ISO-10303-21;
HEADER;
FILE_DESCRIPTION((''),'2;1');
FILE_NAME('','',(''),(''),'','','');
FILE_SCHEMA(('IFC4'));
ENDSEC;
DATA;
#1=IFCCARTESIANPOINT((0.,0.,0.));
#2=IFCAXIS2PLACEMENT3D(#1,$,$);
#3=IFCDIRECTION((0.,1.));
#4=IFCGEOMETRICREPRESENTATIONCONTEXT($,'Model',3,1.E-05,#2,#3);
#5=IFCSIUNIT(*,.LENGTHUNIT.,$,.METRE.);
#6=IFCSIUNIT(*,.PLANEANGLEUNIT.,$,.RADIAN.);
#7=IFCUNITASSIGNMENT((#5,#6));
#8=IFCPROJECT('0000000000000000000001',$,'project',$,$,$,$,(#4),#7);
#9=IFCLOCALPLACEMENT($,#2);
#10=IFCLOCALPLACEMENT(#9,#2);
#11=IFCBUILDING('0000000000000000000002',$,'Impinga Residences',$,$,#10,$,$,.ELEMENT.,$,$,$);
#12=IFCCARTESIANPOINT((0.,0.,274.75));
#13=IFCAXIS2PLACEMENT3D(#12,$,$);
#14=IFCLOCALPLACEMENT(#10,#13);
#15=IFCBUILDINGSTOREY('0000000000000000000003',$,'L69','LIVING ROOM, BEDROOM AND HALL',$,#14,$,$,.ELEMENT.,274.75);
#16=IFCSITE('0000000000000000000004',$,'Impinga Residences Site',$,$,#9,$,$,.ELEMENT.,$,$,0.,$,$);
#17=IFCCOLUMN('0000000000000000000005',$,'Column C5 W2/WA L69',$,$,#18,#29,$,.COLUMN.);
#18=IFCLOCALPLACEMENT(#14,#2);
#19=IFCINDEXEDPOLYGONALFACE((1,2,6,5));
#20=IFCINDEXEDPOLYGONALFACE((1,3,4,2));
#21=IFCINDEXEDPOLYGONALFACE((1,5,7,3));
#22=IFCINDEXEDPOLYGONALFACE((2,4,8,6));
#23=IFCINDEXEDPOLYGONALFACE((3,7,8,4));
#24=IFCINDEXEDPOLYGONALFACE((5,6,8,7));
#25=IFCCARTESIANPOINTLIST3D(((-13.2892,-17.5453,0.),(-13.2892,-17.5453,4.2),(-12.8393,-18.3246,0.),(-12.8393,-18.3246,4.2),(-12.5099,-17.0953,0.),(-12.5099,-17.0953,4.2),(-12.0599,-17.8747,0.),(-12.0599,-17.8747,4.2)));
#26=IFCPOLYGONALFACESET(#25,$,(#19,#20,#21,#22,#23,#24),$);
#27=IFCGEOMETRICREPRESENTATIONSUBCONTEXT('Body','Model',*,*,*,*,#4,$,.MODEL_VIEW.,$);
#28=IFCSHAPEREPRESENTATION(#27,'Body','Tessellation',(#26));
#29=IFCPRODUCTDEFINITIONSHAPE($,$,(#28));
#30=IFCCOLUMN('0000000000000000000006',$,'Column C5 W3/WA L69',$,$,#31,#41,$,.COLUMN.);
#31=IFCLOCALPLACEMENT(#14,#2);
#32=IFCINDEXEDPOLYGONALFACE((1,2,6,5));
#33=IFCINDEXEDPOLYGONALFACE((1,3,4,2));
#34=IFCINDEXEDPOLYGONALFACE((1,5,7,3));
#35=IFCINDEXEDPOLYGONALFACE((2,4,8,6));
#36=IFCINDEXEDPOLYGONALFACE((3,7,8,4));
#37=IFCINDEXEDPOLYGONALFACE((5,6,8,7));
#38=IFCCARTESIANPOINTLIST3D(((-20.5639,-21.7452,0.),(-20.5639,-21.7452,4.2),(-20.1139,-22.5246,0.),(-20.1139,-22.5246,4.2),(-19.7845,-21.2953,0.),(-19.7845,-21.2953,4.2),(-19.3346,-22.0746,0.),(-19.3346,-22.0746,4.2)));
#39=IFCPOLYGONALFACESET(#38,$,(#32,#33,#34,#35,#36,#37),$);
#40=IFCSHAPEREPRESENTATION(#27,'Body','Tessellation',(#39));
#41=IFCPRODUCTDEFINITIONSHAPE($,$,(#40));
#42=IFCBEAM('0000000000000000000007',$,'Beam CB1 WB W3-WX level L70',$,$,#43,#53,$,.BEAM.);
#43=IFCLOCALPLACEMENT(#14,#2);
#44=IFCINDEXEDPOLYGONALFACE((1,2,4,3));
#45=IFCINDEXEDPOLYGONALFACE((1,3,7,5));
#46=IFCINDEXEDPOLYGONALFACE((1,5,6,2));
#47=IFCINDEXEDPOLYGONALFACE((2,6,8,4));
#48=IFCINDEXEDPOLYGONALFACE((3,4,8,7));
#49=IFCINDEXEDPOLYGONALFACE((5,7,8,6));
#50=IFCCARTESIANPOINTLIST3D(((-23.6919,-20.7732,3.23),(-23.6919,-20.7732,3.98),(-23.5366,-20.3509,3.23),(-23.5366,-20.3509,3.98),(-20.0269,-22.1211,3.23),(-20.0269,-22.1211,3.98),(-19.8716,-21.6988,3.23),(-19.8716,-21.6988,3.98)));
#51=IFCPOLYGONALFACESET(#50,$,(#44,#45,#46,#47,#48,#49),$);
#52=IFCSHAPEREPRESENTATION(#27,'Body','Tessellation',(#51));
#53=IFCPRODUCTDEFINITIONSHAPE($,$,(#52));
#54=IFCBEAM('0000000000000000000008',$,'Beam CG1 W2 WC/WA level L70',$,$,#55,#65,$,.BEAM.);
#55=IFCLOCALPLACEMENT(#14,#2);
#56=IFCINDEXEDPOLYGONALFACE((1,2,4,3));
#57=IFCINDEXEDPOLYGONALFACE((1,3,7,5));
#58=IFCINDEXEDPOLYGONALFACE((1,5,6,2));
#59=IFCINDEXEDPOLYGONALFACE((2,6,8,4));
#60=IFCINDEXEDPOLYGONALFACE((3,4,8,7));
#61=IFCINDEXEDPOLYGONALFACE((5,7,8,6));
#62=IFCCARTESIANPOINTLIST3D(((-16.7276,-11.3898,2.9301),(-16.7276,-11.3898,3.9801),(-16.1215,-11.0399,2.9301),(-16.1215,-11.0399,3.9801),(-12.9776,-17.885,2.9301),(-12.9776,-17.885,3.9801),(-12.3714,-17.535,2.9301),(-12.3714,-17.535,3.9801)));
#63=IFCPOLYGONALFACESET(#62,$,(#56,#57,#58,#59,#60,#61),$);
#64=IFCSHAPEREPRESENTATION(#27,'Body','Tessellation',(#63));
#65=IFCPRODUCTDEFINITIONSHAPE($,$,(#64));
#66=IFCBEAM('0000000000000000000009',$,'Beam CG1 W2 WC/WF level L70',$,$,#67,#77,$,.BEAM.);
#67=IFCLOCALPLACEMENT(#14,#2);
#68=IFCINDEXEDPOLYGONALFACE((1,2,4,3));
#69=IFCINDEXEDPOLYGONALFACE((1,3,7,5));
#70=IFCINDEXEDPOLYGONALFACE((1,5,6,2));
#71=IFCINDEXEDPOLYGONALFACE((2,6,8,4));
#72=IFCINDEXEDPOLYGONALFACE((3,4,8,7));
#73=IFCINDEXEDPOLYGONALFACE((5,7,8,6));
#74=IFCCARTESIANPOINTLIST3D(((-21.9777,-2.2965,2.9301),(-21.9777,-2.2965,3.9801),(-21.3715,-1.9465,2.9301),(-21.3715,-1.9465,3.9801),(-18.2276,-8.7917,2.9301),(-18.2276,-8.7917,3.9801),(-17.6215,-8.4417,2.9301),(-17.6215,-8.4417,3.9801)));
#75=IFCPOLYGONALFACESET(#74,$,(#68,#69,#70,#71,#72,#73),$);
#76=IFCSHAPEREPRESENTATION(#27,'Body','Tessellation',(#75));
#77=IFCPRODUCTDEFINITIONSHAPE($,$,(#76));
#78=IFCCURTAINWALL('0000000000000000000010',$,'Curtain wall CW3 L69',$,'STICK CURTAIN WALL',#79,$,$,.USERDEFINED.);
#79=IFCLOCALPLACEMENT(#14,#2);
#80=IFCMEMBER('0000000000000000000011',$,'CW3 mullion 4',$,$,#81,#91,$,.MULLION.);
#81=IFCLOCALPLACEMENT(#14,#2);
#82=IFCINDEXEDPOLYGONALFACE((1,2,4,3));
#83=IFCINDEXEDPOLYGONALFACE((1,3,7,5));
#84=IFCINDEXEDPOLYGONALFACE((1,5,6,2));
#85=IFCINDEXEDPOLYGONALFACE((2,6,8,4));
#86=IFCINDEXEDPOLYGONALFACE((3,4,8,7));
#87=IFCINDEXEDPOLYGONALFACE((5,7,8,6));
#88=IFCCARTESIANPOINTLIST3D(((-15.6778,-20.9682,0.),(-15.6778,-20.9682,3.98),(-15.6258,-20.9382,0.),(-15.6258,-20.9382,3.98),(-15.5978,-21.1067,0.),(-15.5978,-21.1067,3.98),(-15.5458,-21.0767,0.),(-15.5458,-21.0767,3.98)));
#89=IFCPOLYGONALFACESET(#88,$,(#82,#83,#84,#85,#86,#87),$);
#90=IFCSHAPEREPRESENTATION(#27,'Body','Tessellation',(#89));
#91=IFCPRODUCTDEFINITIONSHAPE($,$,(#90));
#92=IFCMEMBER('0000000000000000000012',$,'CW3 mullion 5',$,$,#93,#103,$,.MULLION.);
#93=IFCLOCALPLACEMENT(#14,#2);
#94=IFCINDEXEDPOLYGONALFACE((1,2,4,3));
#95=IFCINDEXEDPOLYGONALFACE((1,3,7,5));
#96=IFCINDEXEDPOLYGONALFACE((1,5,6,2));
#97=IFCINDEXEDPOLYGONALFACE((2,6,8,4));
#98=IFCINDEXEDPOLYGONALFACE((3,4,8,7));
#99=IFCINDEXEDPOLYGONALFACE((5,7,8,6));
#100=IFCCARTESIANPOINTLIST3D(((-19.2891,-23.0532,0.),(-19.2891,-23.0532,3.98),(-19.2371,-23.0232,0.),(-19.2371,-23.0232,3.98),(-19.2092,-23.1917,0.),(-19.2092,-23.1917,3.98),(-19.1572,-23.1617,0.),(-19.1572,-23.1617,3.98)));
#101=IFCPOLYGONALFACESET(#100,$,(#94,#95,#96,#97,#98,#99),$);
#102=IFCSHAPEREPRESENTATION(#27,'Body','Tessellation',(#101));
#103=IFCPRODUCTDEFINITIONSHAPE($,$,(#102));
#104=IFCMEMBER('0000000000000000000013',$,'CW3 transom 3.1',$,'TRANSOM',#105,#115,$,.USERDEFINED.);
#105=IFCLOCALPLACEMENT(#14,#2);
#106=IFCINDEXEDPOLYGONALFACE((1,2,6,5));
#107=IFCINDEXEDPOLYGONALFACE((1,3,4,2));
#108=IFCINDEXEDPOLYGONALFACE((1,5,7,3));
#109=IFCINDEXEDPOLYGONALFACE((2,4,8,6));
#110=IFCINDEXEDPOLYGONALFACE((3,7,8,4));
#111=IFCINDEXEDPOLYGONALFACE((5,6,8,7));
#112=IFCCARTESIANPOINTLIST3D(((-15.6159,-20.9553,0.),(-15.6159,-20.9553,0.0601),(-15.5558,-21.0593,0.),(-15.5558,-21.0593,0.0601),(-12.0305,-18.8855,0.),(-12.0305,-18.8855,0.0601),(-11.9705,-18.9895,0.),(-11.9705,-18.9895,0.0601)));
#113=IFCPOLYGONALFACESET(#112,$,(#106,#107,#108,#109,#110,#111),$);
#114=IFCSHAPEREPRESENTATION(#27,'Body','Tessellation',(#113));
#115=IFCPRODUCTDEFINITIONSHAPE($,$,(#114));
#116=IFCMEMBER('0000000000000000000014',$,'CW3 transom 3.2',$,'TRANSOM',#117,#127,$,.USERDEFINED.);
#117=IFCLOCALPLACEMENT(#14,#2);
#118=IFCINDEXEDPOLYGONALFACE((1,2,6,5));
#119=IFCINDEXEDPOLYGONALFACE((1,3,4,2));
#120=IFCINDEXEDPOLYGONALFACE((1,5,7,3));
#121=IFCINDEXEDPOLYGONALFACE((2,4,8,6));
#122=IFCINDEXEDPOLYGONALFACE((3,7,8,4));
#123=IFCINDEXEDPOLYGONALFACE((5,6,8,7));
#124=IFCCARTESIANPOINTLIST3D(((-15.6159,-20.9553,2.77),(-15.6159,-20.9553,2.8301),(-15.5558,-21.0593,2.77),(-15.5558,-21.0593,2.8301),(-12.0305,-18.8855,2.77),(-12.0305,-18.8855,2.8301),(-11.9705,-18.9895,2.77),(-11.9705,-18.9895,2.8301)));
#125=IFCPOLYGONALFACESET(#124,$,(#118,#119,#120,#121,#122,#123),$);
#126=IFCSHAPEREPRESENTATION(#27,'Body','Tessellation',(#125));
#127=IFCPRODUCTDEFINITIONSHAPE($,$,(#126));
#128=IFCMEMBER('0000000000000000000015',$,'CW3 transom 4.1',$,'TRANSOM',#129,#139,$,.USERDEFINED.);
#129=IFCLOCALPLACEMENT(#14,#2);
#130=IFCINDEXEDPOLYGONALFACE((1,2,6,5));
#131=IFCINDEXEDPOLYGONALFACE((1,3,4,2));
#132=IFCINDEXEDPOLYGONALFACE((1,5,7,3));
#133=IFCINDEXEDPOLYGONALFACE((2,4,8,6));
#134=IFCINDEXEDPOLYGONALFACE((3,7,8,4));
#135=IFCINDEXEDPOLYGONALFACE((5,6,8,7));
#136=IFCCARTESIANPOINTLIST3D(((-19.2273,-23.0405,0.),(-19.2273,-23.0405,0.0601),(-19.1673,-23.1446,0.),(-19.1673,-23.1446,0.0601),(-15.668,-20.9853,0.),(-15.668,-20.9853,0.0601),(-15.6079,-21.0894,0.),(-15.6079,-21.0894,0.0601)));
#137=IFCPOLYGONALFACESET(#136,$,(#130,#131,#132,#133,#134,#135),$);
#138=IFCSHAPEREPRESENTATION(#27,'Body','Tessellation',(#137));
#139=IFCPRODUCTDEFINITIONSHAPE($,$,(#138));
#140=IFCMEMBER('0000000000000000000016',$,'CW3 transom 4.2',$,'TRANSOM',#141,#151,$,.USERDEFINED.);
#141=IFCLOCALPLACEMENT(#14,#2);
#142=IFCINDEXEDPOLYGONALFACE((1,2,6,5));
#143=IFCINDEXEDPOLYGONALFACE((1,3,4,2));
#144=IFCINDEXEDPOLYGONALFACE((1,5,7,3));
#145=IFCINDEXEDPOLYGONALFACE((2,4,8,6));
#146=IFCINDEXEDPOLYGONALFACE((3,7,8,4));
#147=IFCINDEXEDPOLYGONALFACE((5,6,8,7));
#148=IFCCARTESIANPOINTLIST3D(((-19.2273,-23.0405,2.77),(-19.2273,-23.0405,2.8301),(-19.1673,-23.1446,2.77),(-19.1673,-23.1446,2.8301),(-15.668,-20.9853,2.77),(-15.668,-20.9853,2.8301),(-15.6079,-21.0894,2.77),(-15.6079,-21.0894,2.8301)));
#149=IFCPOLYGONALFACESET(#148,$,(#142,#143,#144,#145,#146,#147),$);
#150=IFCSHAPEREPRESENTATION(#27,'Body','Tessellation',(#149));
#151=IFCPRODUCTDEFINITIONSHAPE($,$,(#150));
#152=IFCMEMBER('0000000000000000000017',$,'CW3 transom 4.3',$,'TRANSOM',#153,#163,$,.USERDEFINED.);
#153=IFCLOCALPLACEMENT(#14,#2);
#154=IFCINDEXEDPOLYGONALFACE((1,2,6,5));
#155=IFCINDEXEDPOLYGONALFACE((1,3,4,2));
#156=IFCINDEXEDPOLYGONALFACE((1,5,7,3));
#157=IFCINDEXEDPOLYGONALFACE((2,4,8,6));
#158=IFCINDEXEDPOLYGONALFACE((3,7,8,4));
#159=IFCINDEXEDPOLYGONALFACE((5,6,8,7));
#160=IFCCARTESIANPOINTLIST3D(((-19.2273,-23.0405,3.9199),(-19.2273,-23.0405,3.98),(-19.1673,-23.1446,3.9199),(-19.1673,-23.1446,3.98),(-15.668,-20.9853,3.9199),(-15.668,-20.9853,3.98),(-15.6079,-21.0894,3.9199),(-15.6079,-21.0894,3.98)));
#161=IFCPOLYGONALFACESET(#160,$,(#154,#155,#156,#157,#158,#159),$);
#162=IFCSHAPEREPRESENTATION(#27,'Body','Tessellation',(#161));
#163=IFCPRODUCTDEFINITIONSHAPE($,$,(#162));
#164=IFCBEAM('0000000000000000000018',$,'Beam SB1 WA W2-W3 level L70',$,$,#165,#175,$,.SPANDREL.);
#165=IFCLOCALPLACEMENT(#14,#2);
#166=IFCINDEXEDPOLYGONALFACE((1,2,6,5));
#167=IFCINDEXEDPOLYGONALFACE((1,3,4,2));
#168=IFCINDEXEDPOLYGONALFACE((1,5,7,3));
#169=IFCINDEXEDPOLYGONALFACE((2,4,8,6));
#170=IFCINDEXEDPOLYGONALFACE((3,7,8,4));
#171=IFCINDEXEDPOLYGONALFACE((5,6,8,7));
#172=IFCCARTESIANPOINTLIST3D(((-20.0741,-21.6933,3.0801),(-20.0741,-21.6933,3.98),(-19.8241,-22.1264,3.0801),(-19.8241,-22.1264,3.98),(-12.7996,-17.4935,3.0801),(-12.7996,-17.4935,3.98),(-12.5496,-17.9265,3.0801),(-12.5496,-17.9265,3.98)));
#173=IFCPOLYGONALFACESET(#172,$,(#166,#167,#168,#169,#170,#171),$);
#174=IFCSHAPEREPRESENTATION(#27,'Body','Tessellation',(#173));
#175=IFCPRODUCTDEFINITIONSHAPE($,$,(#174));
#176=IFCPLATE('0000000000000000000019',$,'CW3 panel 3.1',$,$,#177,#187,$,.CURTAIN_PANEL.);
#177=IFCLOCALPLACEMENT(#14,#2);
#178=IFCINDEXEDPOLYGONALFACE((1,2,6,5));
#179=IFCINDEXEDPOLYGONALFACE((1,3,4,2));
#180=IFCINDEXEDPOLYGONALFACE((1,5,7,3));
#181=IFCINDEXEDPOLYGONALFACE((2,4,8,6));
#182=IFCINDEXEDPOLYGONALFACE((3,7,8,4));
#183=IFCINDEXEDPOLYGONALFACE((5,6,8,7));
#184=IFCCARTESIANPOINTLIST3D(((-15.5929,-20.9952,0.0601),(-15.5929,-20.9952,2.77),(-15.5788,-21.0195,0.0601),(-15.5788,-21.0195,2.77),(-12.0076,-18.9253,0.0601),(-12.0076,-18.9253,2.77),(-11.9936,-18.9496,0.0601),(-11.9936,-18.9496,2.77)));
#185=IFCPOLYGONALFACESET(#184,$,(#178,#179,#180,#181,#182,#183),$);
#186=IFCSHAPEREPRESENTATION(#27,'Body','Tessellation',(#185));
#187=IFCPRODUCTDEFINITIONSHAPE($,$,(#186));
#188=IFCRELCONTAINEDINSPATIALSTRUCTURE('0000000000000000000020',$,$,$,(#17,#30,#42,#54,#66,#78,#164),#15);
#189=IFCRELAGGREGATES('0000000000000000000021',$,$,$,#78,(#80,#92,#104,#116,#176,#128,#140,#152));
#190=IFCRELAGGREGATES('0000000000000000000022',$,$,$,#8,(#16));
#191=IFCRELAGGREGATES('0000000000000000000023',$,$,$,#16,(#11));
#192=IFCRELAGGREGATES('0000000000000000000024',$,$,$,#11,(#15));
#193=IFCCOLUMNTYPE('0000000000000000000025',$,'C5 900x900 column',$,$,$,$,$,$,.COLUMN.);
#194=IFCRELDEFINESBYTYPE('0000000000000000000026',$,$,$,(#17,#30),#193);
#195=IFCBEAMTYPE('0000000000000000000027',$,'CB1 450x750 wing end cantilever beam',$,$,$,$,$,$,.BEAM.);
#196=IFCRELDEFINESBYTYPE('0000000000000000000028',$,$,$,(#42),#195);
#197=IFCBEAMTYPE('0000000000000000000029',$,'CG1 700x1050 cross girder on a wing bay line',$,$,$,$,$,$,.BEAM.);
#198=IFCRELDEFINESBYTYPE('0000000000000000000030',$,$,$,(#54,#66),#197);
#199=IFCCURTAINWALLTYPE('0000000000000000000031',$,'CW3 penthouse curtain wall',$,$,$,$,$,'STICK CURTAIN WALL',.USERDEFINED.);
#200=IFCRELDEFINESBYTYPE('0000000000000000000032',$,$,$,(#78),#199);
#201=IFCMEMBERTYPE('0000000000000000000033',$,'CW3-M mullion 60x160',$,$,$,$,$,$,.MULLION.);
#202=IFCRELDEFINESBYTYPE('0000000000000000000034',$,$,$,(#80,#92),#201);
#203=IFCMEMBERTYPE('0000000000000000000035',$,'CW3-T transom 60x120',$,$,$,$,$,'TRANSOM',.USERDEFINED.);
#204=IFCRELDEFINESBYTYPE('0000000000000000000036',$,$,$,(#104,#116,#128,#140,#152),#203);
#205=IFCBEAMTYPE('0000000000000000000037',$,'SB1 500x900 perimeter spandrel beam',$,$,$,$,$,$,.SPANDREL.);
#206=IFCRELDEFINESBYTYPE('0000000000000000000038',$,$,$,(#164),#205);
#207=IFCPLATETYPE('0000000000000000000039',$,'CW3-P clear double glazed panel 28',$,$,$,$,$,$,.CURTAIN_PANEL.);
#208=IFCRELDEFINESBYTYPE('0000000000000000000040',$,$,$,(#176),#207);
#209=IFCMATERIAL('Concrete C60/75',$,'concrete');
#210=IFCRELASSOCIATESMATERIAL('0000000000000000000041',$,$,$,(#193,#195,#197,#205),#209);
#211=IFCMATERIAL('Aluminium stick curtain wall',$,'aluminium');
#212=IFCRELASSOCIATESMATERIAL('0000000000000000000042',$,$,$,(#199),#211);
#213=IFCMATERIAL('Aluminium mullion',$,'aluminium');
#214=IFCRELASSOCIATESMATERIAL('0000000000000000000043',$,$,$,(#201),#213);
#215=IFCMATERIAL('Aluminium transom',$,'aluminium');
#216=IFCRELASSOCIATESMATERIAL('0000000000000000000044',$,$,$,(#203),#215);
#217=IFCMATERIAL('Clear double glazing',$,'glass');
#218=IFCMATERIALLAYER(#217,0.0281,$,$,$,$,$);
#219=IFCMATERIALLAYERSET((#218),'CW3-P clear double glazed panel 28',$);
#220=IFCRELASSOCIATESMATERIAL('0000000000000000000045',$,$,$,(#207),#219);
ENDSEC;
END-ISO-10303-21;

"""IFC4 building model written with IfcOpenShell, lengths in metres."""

from ifc_helpers import new_model, si_unit, direction, frame, origin, origin_2d, place, context, subcontext, project, spatial, rectangle, extrude, material, layer, layer_set, material_profile, profile_set, type_object, element, aggregate, save


model = new_model("IFC4")

# Units and contexts
model_context = context("Model", 3, precision=1e-05, world=origin(), true_north=direction((0.0, 1.0)))
body_context = subcontext(model_context, "Body", "Model", "MODEL_VIEW")
ifc_project = project(units=[si_unit("LENGTHUNIT", "METRE"), si_unit("PLANEANGLEUNIT", "RADIAN")], contexts=[model_context])

# Site, building, storey
site_placement = place(None, origin())
site = spatial("IfcSite", under=ifc_project, at=site_placement, Name="Impinga Residences Site", CompositionType="ELEMENT", RefElevation=0.0)
building_placement = place(site_placement, origin())
building = spatial("IfcBuilding", under=site, at=building_placement, Name="Impinga Residences", CompositionType="ELEMENT")
storey_placement = place(building_placement, frame((0.0, 0.0, 274.75)))
storey = spatial("IfcBuildingStorey", under=building, at=storey_placement, Name="L69", Description="LIVING ROOM, BEDROOM AND HALL", CompositionType="ELEMENT", Elevation=274.75)

# Columns
ifc_material_1 = material(Name="Concrete C60/75", Category="concrete")
ifc_material_profile_1 = material_profile(ifc_material_1, rectangle(XDim=0.8999, YDim=0.8999, at=origin_2d()), Name="RC 900x900")
ifc_profile_set_1 = profile_set([ifc_material_profile_1], Name="Concrete C60/75")
column_type = type_object("IfcColumnType", Name="C5 900x900 column", PredefinedType="COLUMN", material=ifc_profile_set_1)
for number, where, z_axis, x_axis, name in (
    (1, (-12.6746, -17.71, 0.0), (0.0, 0.0, 1.0), (-0.5, 0.866025, 0.0), "Column C5 W2/WA L69"),
    (2, (-19.9492, -21.9099, 0.0), (0.0, 0.0, 1.0), (-0.5, 0.866025, 0.0), "Column C5 W3/WA L69"),
):
    element("IfcColumn", number, at=place(storey_placement, frame(where, z_axis=z_axis, x_axis=x_axis)), inside=storey, type_object=column_type, Name=name, PredefinedType="COLUMN", context=body_context, shape_type="SweptSolid", body=[
        extrude(rectangle(XDim=0.8999, YDim=0.8999, at=origin_2d()), origin(), (0.0, 0.0, 1.0), 4.2),
    ])

# Beams
ifc_material_profile_2 = material_profile(ifc_material_1, rectangle(XDim=0.45, YDim=0.75, at=origin_2d()), Name="RC 450x750")
ifc_profile_set_2 = profile_set([ifc_material_profile_2], Name="Concrete C60/75")
beam_type_1 = type_object("IfcBeamType", Name="CB1 450x750 wing end cantilever beam", PredefinedType="BEAM", material=ifc_profile_set_2)
beam_1_placement = place(storey_placement, frame((-19.9492, -21.9099, 3.605), z_axis=(-0.93854, 0.345169, 0.0), x_axis=(-0.345169, -0.93854, 0.0)))
element("IfcBeam", 3, at=beam_1_placement, inside=storey, type_object=beam_type_1, Name="Beam CB1 WB W3-WX level L70", PredefinedType="BEAM", context=body_context, shape_type="SweptSolid", body=[
    extrude(rectangle(XDim=0.45, YDim=0.75, at=origin_2d()), origin(), (0.0, 0.0, 1.0), 3.905),
])
ifc_material_profile_3 = material_profile(ifc_material_1, rectangle(XDim=0.7, YDim=1.05, at=origin_2d()), Name="RC 700x1050")
ifc_profile_set_3 = profile_set([ifc_material_profile_3], Name="Concrete C60/75")
beam_type_2 = type_object("IfcBeamType", Name="CG1 700x1050 cross girder on a wing bay line", PredefinedType="BEAM", material=ifc_profile_set_3)
for number, where, z_axis, x_axis, name in (
    (4, (-16.4246, -11.2148, 3.4551), (0.500004, -0.866023, 0.0), (0.866023, 0.500004, 0.0), "Beam CG1 W2 WC/WA level L70"),
    (5, (-17.9246, -8.6167, 3.4551), (-0.500004, 0.866023, 0.0), (-0.866023, -0.500004, 0.0), "Beam CG1 W2 WC/WF level L70"),
):
    element("IfcBeam", number, at=place(storey_placement, frame(where, z_axis=z_axis, x_axis=x_axis)), inside=storey, type_object=beam_type_2, Name=name, PredefinedType="BEAM", context=body_context, shape_type="SweptSolid", body=[
        extrude(rectangle(XDim=0.7, YDim=1.05, at=origin_2d()), origin(), (0.0, 0.0, 1.0), 7.5),
    ])

# Curtain wall, members
ifc_material_2 = material(Name="Aluminium stick curtain wall", Category="aluminium")
curtain_wall_type = type_object("IfcCurtainWallType", Name="CW3 penthouse curtain wall", ElementType="STICK CURTAIN WALL", PredefinedType="USERDEFINED", material=ifc_material_2)
curtain_wall_placement = place(storey_placement, origin())
curtain_wall = element("IfcCurtainWall", 6, at=curtain_wall_placement, inside=storey, type_object=curtain_wall_type, Name="Curtain wall CW3 L69", ObjectType="STICK CURTAIN WALL", PredefinedType="USERDEFINED")
ifc_material_3 = material(Name="Aluminium mullion", Category="aluminium")
ifc_material_profile_4 = material_profile(ifc_material_3, rectangle(XDim=0.0601, YDim=0.1599, at=origin_2d()), Name="60x160 mullion")
ifc_profile_set_4 = profile_set([ifc_material_profile_4], Name="Aluminium mullion")
member_type_1 = type_object("IfcMemberType", Name="CW3-M mullion 60x160", PredefinedType="MULLION", material=ifc_profile_set_4)
member_1_placement = place(storey_placement, frame((-15.6118, -21.0225, 0.0), z_axis=(0.0, 0.0, 1.0), x_axis=(-0.866025, -0.5, 0.0)))
member_1 = element("IfcMember", 7, at=member_1_placement, type_object=member_type_1, Name="CW3 mullion 4", PredefinedType="MULLION", context=body_context, shape_type="SweptSolid", body=[
    extrude(rectangle(XDim=0.0601, YDim=0.1599, at=origin_2d()), origin(), (0.0, 0.0, 1.0), 3.98),
])
member_2_placement = place(storey_placement, frame((-19.2231, -23.1074, 0.0), z_axis=(0.0, 0.0, 1.0), x_axis=(-0.866025, -0.5, 0.0)))
member_2 = element("IfcMember", 8, at=member_2_placement, type_object=member_type_1, Name="CW3 mullion 5", PredefinedType="MULLION", context=body_context, shape_type="SweptSolid", body=[
    extrude(rectangle(XDim=0.0601, YDim=0.1599, at=origin_2d()), origin(), (0.0, 0.0, 1.0), 3.98),
])
ifc_material_4 = material(Name="Aluminium transom", Category="aluminium")
ifc_material_profile_5 = material_profile(ifc_material_4, rectangle(XDim=0.0601, YDim=0.1201, at=origin_2d()), Name="60x120 transom")
ifc_profile_set_5 = profile_set([ifc_material_profile_5], Name="Aluminium transom")
member_type_2 = type_object("IfcMemberType", Name="CW3-T transom 60x120", ElementType="TRANSOM", PredefinedType="USERDEFINED", material=ifc_profile_set_5)
member_3_placement = place(storey_placement, frame((-12.0005, -18.9375, 0.03), z_axis=(-0.86605, -0.499957, 0.0), x_axis=(0.0, 0.0, 1.0)))
member_3 = element("IfcMember", 9, at=member_3_placement, type_object=member_type_2, Name="CW3 transom 3.1", ObjectType="TRANSOM", PredefinedType="USERDEFINED", context=body_context, shape_type="SweptSolid", body=[
    extrude(rectangle(XDim=0.0601, YDim=0.1201, at=origin_2d()), origin(), (0.0, 0.0, 1.0), 4.1399),
])
member_4_placement = place(storey_placement, frame((-12.0005, -18.9375, 2.8), z_axis=(-0.86605, -0.499957, 0.0), x_axis=(0.0, 0.0, 1.0)))
member_4 = element("IfcMember", 10, at=member_4_placement, type_object=member_type_2, Name="CW3 transom 3.2", ObjectType="TRANSOM", PredefinedType="USERDEFINED", context=body_context, shape_type="SweptSolid", body=[
    extrude(rectangle(XDim=0.0601, YDim=0.1201, at=origin_2d()), origin(), (0.0, 0.0, 1.0), 4.1399),
])
member_5_placement = place(storey_placement, frame((-15.6379, -21.0374, 0.03), z_axis=(-0.866005, -0.500036, 0.0), x_axis=(0.0, 0.0, 1.0)))
member_5 = element("IfcMember", 11, at=member_5_placement, type_object=member_type_2, Name="CW3 transom 4.1", ObjectType="TRANSOM", PredefinedType="USERDEFINED", context=body_context, shape_type="SweptSolid", body=[
    extrude(rectangle(XDim=0.0601, YDim=0.1201, at=origin_2d()), origin(), (0.0, 0.0, 1.0), 4.1101),
])
member_6_placement = place(storey_placement, frame((-15.6379, -21.0374, 2.8), z_axis=(-0.866005, -0.500036, 0.0), x_axis=(0.0, 0.0, 1.0)))
member_6 = element("IfcMember", 12, at=member_6_placement, type_object=member_type_2, Name="CW3 transom 4.2", ObjectType="TRANSOM", PredefinedType="USERDEFINED", context=body_context, shape_type="SweptSolid", body=[
    extrude(rectangle(XDim=0.0601, YDim=0.1201, at=origin_2d()), origin(), (0.0, 0.0, 1.0), 4.1101),
])
member_7_placement = place(storey_placement, frame((-15.6379, -21.0374, 3.95), z_axis=(-0.866005, -0.500036, 0.0), x_axis=(0.0, 0.0, 1.0)))
member_7 = element("IfcMember", 13, at=member_7_placement, type_object=member_type_2, Name="CW3 transom 4.3", ObjectType="TRANSOM", PredefinedType="USERDEFINED", context=body_context, shape_type="SweptSolid", body=[
    extrude(rectangle(XDim=0.0601, YDim=0.1201, at=origin_2d()), origin(), (0.0, 0.0, 1.0), 4.1101),
])

# Beam
ifc_material_profile_6 = material_profile(ifc_material_1, rectangle(XDim=0.5, YDim=0.8999, at=origin_2d()), Name="RC 500x900")
ifc_profile_set_6 = profile_set([ifc_material_profile_6], Name="Concrete C60/75")
beam_type_3 = type_object("IfcBeamType", Name="SB1 500x900 perimeter spandrel beam", PredefinedType="SPANDREL", material=ifc_profile_set_6)
beam_2_placement = place(storey_placement, frame((-12.6746, -17.71, 3.53), z_axis=(-0.866029, -0.499993, 0.0), x_axis=(0.499993, -0.866029, 0.0)))
element("IfcBeam", 14, at=beam_2_placement, inside=storey, type_object=beam_type_3, Name="Beam SB1 WA W2-W3 level L70", PredefinedType="SPANDREL", context=body_context, shape_type="SweptSolid", body=[
    extrude(rectangle(XDim=0.5, YDim=0.8999, at=origin_2d()), origin(), (0.0, 0.0, 1.0), 8.3999),
])

# Plate
ifc_material_5 = material(Name="Clear double glazing", Category="glass")
ifc_layer_1 = layer(ifc_material_5, 0.0281)
ifc_layer_set_1 = layer_set([ifc_layer_1], Name="CW3-P clear double glazed panel 28")
plate_type = type_object("IfcPlateType", Name="CW3-P clear double glazed panel 28", PredefinedType="CURTAIN_PANEL", material=ifc_layer_set_1)
plate_1_placement = place(storey_placement, frame((-13.7932, -19.9724, 0.0601), z_axis=(0.0, 0.0, 1.0), x_axis=(-0.866025, -0.5, 0.0)))
plate_1 = element("IfcPlate", 15, at=plate_1_placement, type_object=plate_type, Name="CW3 panel 3.1", PredefinedType="CURTAIN_PANEL", context=body_context, shape_type="SweptSolid", body=[
    extrude(rectangle(XDim=4.1399, YDim=0.0281, at=origin_2d()), origin(), (0.0, 0.0, 1.0), 2.71),
])
aggregate(curtain_wall, [member_1, member_2, member_3, member_4, plate_1, member_5, member_6, member_7])

save(model, "model.ifc")
